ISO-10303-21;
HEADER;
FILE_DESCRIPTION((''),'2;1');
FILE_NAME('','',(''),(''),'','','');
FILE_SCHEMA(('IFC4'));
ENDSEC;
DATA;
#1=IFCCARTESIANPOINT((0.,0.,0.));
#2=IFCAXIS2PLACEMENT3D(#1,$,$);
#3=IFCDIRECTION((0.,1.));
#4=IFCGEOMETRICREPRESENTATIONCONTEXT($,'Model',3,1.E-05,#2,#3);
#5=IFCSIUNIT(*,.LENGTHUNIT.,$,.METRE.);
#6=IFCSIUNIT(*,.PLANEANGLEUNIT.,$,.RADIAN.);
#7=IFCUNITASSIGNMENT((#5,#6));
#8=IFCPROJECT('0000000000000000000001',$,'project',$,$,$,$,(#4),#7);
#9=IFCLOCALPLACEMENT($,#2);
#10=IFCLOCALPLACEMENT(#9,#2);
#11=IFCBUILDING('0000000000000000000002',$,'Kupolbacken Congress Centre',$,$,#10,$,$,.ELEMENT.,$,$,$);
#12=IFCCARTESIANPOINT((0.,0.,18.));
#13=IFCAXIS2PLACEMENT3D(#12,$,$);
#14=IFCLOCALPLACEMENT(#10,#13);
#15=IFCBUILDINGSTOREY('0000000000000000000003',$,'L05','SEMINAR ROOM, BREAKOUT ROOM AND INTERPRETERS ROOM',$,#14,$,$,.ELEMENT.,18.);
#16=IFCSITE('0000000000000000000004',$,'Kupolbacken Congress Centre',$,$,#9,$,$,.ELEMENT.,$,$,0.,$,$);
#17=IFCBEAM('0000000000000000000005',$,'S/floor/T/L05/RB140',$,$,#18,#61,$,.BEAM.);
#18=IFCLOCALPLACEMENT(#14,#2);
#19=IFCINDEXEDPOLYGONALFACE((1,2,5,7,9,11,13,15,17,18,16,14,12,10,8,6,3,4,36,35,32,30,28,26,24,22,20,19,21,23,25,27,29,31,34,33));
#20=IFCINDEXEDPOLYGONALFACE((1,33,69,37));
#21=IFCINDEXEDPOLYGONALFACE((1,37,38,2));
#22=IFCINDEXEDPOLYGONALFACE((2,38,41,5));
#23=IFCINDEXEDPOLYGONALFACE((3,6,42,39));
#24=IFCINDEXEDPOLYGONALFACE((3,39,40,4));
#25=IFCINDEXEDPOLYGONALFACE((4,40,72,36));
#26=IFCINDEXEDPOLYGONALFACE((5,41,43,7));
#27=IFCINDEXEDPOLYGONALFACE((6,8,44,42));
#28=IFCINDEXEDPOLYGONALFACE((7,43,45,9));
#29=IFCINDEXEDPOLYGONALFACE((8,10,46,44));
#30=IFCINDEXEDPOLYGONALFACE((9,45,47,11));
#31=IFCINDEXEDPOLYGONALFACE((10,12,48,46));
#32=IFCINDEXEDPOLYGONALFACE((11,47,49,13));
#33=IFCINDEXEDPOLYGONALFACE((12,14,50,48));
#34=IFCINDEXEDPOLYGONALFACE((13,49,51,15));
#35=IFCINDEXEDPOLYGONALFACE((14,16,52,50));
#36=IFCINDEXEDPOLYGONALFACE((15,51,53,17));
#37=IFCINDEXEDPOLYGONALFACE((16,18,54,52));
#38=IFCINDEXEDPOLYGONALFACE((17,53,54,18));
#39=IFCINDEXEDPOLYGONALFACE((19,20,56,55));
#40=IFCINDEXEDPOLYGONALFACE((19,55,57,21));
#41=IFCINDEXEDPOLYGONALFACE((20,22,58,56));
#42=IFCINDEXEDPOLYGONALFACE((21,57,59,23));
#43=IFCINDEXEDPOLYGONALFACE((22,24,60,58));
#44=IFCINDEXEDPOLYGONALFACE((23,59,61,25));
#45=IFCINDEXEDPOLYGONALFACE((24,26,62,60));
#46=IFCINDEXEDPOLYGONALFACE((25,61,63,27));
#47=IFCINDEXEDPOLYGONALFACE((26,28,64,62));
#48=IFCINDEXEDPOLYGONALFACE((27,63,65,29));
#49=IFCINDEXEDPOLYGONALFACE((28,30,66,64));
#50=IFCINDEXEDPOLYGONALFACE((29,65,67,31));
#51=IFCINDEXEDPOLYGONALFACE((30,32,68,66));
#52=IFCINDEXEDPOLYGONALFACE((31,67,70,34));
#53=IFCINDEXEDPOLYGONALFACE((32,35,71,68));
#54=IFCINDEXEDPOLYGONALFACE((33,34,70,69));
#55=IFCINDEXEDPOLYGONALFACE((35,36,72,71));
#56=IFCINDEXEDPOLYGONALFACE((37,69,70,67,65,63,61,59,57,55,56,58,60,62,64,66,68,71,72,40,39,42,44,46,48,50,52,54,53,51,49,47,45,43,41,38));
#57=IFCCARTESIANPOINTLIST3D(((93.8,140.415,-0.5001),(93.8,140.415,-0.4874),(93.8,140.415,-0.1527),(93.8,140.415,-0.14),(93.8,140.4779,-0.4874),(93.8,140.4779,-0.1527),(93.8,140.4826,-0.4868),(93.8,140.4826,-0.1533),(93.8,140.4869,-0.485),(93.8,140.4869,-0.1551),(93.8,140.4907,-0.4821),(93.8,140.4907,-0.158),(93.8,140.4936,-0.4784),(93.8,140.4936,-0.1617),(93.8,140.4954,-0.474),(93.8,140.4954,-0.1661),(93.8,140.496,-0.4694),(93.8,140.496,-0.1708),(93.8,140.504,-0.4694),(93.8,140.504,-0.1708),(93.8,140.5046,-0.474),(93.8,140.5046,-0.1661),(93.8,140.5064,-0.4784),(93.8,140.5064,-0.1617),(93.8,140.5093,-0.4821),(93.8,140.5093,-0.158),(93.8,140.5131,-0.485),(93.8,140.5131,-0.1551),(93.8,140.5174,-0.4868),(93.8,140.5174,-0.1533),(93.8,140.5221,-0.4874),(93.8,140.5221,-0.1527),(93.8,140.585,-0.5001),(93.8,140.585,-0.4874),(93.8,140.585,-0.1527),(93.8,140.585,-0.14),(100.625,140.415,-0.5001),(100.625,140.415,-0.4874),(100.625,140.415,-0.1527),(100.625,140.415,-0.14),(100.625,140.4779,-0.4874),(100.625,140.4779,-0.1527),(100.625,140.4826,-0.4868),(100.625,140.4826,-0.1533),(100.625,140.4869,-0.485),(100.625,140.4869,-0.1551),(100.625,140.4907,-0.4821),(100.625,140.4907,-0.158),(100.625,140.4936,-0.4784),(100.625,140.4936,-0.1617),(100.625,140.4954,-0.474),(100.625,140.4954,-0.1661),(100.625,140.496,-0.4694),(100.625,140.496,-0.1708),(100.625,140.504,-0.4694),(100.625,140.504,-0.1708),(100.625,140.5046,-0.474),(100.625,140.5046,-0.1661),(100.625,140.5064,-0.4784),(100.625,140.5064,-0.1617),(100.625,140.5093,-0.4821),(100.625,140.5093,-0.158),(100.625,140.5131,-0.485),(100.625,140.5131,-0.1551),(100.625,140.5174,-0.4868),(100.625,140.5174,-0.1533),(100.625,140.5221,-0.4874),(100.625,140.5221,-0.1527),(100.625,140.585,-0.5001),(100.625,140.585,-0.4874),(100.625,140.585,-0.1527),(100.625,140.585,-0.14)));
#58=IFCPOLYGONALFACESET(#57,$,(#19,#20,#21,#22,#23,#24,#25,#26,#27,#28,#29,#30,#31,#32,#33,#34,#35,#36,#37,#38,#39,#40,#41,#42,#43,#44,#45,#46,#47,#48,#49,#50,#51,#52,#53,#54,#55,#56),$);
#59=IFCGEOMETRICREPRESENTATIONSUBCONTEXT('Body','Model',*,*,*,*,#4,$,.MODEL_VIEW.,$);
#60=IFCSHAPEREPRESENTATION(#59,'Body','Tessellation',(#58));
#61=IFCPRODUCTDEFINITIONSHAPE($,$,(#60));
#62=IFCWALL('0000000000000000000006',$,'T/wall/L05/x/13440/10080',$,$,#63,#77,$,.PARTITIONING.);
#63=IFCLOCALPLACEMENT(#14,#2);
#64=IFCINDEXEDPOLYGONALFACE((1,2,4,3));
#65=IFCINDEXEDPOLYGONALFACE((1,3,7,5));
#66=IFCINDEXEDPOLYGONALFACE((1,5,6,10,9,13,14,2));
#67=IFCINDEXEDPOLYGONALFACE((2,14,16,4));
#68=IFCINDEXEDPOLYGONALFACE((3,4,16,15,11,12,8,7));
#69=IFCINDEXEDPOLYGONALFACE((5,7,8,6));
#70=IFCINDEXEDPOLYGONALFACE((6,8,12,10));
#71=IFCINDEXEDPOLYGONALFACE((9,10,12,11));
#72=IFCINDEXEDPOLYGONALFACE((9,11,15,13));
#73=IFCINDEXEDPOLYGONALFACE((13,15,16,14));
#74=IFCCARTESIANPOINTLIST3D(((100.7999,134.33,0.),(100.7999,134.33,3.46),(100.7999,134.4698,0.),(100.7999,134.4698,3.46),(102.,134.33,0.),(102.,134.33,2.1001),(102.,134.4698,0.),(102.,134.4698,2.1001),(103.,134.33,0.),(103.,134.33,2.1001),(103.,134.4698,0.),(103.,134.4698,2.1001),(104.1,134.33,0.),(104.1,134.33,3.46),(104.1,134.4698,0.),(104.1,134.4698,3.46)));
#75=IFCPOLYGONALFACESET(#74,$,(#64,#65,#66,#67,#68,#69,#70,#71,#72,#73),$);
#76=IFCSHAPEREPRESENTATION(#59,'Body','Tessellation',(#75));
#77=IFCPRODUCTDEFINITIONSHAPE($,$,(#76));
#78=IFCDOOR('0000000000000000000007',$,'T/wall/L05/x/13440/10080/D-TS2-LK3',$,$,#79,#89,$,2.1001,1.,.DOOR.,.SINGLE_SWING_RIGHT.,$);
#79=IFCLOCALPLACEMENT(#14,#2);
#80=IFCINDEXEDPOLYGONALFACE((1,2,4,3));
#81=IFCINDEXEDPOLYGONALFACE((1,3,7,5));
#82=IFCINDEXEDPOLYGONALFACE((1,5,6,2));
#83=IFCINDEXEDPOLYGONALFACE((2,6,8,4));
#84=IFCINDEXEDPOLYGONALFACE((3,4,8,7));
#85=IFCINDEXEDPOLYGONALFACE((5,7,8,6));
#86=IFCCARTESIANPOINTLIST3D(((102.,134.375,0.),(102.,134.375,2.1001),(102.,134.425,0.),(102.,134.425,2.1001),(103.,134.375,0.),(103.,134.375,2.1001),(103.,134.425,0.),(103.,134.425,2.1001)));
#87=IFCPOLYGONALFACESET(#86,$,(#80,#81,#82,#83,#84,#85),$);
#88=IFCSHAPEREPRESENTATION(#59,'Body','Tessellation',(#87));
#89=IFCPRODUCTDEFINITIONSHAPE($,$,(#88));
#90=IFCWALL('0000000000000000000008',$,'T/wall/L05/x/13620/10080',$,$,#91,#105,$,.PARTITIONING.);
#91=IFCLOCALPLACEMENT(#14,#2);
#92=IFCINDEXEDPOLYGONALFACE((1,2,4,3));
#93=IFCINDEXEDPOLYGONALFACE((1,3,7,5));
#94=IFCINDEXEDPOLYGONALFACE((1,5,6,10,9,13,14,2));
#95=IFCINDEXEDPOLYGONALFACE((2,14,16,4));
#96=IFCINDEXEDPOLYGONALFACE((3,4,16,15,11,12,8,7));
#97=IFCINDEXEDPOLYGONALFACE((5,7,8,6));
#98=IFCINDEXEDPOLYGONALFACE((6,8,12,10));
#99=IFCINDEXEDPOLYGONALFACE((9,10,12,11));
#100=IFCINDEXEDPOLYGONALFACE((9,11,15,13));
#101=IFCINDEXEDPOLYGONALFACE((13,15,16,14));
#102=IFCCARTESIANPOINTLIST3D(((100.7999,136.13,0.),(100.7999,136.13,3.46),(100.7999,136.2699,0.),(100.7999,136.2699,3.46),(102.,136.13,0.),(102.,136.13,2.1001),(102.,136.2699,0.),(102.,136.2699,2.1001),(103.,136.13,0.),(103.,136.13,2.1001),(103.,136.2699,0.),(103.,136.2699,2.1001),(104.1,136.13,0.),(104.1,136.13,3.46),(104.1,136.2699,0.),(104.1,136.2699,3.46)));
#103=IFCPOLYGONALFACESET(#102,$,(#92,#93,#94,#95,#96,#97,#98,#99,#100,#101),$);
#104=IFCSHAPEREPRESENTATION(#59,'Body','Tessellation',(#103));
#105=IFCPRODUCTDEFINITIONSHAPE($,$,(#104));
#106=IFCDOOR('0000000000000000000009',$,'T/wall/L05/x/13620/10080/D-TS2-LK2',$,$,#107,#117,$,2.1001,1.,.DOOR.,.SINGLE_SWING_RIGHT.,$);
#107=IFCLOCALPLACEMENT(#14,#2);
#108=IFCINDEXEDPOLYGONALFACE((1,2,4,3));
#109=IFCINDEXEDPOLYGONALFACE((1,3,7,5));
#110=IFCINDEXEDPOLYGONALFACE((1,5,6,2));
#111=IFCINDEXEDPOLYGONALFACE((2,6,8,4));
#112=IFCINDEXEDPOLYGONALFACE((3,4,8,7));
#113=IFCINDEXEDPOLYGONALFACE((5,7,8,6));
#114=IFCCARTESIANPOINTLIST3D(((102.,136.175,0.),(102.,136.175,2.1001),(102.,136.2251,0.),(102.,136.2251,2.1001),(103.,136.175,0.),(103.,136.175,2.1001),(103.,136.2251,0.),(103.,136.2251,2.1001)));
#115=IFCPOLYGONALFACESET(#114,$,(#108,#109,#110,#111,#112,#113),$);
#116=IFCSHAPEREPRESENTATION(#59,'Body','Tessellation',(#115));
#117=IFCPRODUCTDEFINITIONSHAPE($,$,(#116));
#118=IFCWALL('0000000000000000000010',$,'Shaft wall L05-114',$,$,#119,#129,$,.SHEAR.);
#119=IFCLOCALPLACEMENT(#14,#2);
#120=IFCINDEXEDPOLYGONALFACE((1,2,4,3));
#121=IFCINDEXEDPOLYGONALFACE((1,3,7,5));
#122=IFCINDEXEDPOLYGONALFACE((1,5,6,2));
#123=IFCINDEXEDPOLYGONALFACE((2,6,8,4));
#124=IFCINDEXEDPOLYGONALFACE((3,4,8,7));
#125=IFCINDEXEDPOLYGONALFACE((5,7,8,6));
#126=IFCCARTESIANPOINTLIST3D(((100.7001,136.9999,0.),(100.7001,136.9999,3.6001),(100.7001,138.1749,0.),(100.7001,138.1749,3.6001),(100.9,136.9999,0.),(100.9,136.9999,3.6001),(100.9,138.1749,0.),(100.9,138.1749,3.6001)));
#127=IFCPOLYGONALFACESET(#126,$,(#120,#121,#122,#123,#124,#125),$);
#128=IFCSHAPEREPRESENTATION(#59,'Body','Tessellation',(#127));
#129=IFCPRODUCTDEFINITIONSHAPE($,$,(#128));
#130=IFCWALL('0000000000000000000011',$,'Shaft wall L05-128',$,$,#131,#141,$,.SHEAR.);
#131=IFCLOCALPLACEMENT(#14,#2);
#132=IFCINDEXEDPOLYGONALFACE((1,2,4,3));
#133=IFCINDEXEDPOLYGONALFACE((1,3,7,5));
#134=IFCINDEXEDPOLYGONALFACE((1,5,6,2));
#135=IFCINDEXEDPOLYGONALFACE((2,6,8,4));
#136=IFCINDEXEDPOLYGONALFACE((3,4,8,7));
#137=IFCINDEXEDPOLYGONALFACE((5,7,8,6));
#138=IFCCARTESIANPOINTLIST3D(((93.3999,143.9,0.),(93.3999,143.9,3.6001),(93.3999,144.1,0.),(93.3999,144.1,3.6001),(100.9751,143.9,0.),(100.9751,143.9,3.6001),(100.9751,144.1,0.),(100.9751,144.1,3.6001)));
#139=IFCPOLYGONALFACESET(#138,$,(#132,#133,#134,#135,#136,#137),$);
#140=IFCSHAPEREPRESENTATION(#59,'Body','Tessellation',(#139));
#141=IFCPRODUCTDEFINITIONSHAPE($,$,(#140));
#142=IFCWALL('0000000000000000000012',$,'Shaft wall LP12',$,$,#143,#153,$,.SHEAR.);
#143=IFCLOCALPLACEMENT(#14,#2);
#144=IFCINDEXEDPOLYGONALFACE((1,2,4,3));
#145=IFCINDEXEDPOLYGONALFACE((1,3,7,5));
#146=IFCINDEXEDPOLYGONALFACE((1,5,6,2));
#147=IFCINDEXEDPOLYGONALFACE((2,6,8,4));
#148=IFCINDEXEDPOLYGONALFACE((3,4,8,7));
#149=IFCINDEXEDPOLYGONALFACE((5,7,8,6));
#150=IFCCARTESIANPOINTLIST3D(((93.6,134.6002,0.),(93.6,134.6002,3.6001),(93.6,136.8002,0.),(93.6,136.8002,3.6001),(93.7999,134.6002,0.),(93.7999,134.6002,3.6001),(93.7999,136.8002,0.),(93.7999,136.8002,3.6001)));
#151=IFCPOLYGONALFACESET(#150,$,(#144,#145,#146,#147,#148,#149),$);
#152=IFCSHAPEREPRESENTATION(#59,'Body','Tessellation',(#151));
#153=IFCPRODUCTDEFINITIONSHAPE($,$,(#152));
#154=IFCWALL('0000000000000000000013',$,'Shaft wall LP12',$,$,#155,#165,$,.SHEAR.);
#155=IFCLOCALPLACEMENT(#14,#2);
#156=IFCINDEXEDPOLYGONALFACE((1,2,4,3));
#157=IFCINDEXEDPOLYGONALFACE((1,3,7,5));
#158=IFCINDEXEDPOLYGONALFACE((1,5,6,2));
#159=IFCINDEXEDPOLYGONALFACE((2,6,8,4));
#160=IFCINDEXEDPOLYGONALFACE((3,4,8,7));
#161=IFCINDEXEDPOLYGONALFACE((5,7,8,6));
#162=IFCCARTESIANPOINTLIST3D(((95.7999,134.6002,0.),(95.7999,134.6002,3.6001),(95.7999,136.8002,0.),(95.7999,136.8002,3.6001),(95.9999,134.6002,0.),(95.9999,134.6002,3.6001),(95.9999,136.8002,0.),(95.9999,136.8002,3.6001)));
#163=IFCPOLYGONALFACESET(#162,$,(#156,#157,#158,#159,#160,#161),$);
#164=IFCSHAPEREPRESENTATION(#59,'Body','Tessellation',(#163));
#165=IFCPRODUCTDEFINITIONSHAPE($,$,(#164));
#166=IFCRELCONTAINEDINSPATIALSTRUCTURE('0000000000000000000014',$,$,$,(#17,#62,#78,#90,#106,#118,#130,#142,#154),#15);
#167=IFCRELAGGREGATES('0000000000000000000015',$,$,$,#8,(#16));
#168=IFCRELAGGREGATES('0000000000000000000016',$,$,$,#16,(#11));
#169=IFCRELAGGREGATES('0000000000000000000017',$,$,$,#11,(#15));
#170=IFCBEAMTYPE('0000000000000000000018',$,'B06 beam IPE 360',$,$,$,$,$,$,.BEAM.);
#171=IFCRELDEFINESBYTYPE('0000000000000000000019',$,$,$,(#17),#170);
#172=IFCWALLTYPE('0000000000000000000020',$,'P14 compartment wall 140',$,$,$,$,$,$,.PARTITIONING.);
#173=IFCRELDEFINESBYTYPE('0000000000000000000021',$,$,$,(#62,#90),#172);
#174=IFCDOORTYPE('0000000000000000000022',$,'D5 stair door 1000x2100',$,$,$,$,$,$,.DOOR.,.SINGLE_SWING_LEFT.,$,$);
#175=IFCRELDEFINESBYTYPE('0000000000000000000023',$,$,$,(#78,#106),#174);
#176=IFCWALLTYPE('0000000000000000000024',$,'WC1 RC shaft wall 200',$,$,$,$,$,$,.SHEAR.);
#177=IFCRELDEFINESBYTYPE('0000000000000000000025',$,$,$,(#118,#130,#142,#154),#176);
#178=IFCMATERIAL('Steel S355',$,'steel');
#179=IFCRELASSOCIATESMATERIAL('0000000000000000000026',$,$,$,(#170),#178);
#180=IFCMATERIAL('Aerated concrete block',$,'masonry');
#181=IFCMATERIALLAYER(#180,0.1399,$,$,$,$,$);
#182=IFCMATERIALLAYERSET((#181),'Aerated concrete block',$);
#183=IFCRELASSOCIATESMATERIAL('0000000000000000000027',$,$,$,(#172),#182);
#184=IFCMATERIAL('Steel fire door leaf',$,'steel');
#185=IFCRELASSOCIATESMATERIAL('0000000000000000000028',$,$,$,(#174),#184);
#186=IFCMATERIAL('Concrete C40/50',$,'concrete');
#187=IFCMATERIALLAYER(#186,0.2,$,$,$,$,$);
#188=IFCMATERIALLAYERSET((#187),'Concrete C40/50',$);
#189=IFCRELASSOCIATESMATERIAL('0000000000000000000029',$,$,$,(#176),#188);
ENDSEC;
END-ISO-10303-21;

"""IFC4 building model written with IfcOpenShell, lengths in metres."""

from ifc_helpers import new_model, si_unit, direction, frame, frame_2d, origin, origin_2d, place, context, subcontext, project, spatial, rectangle, i_section, extrude, material, layer, layer_set, material_profile, profile_set, type_object, element, fill, save


model = new_model("IFC4")

# Units and contexts
model_context = context("Model", 3, precision=1e-05, world=origin(), true_north=direction((0.0, 1.0)))
body_context = subcontext(model_context, "Body", "Model", "MODEL_VIEW")
ifc_project = project(units=[si_unit("LENGTHUNIT", "METRE"), si_unit("PLANEANGLEUNIT", "RADIAN")], contexts=[model_context])

# Site, building, storey
site_placement = place(None, origin())
site = spatial("IfcSite", under=ifc_project, at=site_placement, Name="Kupolbacken Congress Centre", CompositionType="ELEMENT", RefElevation=0.0)
building_placement = place(site_placement, origin())
building = spatial("IfcBuilding", under=site, at=building_placement, Name="Kupolbacken Congress Centre", CompositionType="ELEMENT")
storey_placement = place(building_placement, frame((0.0, 0.0, 18.0)))
storey = spatial("IfcBuildingStorey", under=building, at=storey_placement, Name="L05", Description="SEMINAR ROOM, BREAKOUT ROOM AND INTERPRETERS ROOM", CompositionType="ELEMENT", Elevation=18.0)

# Beam
ifc_material_1 = material(Name="Steel S355", Category="steel")
ifc_material_profile = material_profile(ifc_material_1, i_section(OverallWidth=0.1699, OverallDepth=0.3601, WebThickness=0.0081, FlangeThickness=0.0127, FilletRadius=0.0181, at=origin_2d()), Name="IPE 360")
ifc_profile_set = profile_set([ifc_material_profile], Name="Steel S355")
beam_type = type_object("IfcBeamType", Name="B06 beam IPE 360", PredefinedType="BEAM", material=ifc_profile_set)
beam_placement = place(storey_placement, frame((93.8, 140.5, -0.3201), z_axis=(1.0, 0.0, 0.0), x_axis=(0.0, 1.0, 0.0)))
element("IfcBeam", 1, at=beam_placement, inside=storey, type_object=beam_type, Name="S/floor/T/L05/RB140", PredefinedType="BEAM", context=body_context, shape_type="SweptSolid", body=[
    extrude(i_section(OverallWidth=0.1699, OverallDepth=0.3601, WebThickness=0.0081, FlangeThickness=0.0127, FilletRadius=0.0181, at=origin_2d()), origin(), (0.0, 0.0, 1.0), 6.825),
])

# Walls, openings, doors
ifc_material_2 = material(Name="Aerated concrete block", Category="masonry")
ifc_layer_1 = layer(ifc_material_2, 0.1399)
ifc_layer_set_1 = layer_set([ifc_layer_1], Name="Aerated concrete block")
wall_type_1 = type_object("IfcWallType", Name="P14 compartment wall 140", PredefinedType="PARTITIONING", material=ifc_layer_set_1)
wall_1_placement = place(storey_placement, frame((100.8, 134.3999, 0.0), z_axis=(0.0, 0.0, 1.0), x_axis=(1.0, 0.0, 0.0)))
wall_1 = element("IfcWall", 2, at=wall_1_placement, inside=storey, type_object=wall_type_1, Name="T/wall/L05/x/13440/10080", PredefinedType="PARTITIONING", context=body_context, shape_type="SweptSolid", body=[
    extrude(rectangle(XDim=3.3, YDim=0.1399, at=frame_2d((1.6499, 0.0))), origin(), (0.0, 0.0, 1.0), 3.46),
])
opening_1_placement = place(wall_1_placement, frame((1.2, 0.0, 0.0)))
opening_1 = element("IfcOpeningElement", 3, at=opening_1_placement, cuts=wall_1, PredefinedType="OPENING", context=body_context, shape_type="SweptSolid", body=[
    extrude(rectangle(XDim=1.0, YDim=2.1001, at=frame_2d((0.5, 1.05))), frame((0.0, 0.0798, 0.0), z_axis=(0.0, -1.0, 0.0), x_axis=(1.0, 0.0, 0.0)), (0.0, 0.0, 1.0), 0.1599),
])
ifc_material_3 = material(Name="Steel fire door leaf", Category="steel")
door_type_1 = type_object("IfcDoorType", Name="D5 stair door 1000x2100", OperationType="SINGLE_SWING_LEFT", PredefinedType="DOOR", material=ifc_material_3)
door_1_placement = place(opening_1_placement, frame((1.0, 0.0, 0.0), z_axis=(0.0, 0.0, 1.0), x_axis=(-1.0, 0.0, 0.0)))
door_1 = element("IfcDoor", 4, at=door_1_placement, inside=storey, type_object=door_type_1, Name="T/wall/L05/x/13440/10080/D-TS2-LK3", OperationType="SINGLE_SWING_RIGHT", OverallHeight=2.1001, OverallWidth=1.0, PredefinedType="DOOR", context=body_context, shape_type="SweptSolid", body=[
    extrude(rectangle(XDim=1.0, YDim=2.1001, at=frame_2d((0.5, 1.05))), frame((0.0, 0.0249, 0.0), z_axis=(0.0, -1.0, 0.0), x_axis=(1.0, 0.0, 0.0)), (0.0, 0.0, 1.0), 0.05),
])
fill(opening_1, door_1)
wall_2_placement = place(storey_placement, frame((100.8, 136.2, 0.0), z_axis=(0.0, 0.0, 1.0), x_axis=(1.0, 0.0, 0.0)))
wall_2 = element("IfcWall", 5, at=wall_2_placement, inside=storey, type_object=wall_type_1, Name="T/wall/L05/x/13620/10080", PredefinedType="PARTITIONING", context=body_context, shape_type="SweptSolid", body=[
    extrude(rectangle(XDim=3.3, YDim=0.1399, at=frame_2d((1.6499, 0.0))), origin(), (0.0, 0.0, 1.0), 3.46),
])
opening_2_placement = place(wall_2_placement, frame((1.2, 0.0, 0.0)))
opening_2 = element("IfcOpeningElement", 6, at=opening_2_placement, cuts=wall_2, PredefinedType="OPENING", context=body_context, shape_type="SweptSolid", body=[
    extrude(rectangle(XDim=1.0, YDim=2.1001, at=frame_2d((0.5, 1.05))), frame((0.0, 0.0798, 0.0), z_axis=(0.0, -1.0, 0.0), x_axis=(1.0, 0.0, 0.0)), (0.0, 0.0, 1.0), 0.1599),
])
door_2_placement = place(opening_2_placement, frame((1.0, 0.0, 0.0), z_axis=(0.0, 0.0, 1.0), x_axis=(-1.0, 0.0, 0.0)))
door_2 = element("IfcDoor", 7, at=door_2_placement, inside=storey, type_object=door_type_1, Name="T/wall/L05/x/13620/10080/D-TS2-LK2", OperationType="SINGLE_SWING_RIGHT", OverallHeight=2.1001, OverallWidth=1.0, PredefinedType="DOOR", context=body_context, shape_type="SweptSolid", body=[
    extrude(rectangle(XDim=1.0, YDim=2.1001, at=frame_2d((0.5, 1.05))), frame((0.0, 0.0249, 0.0), z_axis=(0.0, -1.0, 0.0), x_axis=(1.0, 0.0, 0.0)), (0.0, 0.0, 1.0), 0.05),
])
fill(opening_2, door_2)

# Walls
ifc_material_4 = material(Name="Concrete C40/50", Category="concrete")
ifc_layer_2 = layer(ifc_material_4, 0.2)
ifc_layer_set_2 = layer_set([ifc_layer_2], Name="Concrete C40/50")
wall_type_2 = type_object("IfcWallType", Name="WC1 RC shaft wall 200", PredefinedType="SHEAR", material=ifc_layer_set_2)
wall_3_placement = place(storey_placement, frame((100.8, 137.0, 0.0), z_axis=(0.0, 0.0, 1.0), x_axis=(0.0, 1.0, 0.0)))
element("IfcWall", 8, at=wall_3_placement, inside=storey, type_object=wall_type_2, Name="Shaft wall L05-114", PredefinedType="SHEAR", context=body_context, shape_type="SweptSolid", body=[
    extrude(rectangle(XDim=1.175, YDim=0.2, at=frame_2d((0.5874, 0.0))), origin(), (0.0, 0.0, 1.0), 3.6001),
])
wall_4_placement = place(storey_placement, frame((100.9751, 144.0, 0.0), z_axis=(0.0, 0.0, 1.0), x_axis=(-1.0, 0.0, 0.0)))
element("IfcWall", 9, at=wall_4_placement, inside=storey, type_object=wall_type_2, Name="Shaft wall L05-128", PredefinedType="SHEAR", context=body_context, shape_type="SweptSolid", body=[
    extrude(rectangle(XDim=7.5752, YDim=0.2, at=frame_2d((3.7876, 0.0))), origin(), (0.0, 0.0, 1.0), 3.6001),
])
for number, where, z_axis, x_axis, name in (
    (10, (93.7, 134.6001, 0.0), (0.0, 0.0, 1.0), (0.0, 1.0, 0.0), "Shaft wall LP12"),
    (11, (95.8999, 134.6001, 0.0), (0.0, 0.0, 1.0), (0.0, 1.0, 0.0), "Shaft wall LP12"),
):
    element("IfcWall", number, at=place(storey_placement, frame(where, z_axis=z_axis, x_axis=x_axis)), inside=storey, type_object=wall_type_2, Name=name, PredefinedType="SHEAR", context=body_context, shape_type="SweptSolid", body=[
        extrude(rectangle(XDim=2.2, YDim=0.2, at=frame_2d((1.1001, 0.0))), origin(), (0.0, 0.0, 1.0), 3.6001),
    ])

save(model, "model.ifc")
